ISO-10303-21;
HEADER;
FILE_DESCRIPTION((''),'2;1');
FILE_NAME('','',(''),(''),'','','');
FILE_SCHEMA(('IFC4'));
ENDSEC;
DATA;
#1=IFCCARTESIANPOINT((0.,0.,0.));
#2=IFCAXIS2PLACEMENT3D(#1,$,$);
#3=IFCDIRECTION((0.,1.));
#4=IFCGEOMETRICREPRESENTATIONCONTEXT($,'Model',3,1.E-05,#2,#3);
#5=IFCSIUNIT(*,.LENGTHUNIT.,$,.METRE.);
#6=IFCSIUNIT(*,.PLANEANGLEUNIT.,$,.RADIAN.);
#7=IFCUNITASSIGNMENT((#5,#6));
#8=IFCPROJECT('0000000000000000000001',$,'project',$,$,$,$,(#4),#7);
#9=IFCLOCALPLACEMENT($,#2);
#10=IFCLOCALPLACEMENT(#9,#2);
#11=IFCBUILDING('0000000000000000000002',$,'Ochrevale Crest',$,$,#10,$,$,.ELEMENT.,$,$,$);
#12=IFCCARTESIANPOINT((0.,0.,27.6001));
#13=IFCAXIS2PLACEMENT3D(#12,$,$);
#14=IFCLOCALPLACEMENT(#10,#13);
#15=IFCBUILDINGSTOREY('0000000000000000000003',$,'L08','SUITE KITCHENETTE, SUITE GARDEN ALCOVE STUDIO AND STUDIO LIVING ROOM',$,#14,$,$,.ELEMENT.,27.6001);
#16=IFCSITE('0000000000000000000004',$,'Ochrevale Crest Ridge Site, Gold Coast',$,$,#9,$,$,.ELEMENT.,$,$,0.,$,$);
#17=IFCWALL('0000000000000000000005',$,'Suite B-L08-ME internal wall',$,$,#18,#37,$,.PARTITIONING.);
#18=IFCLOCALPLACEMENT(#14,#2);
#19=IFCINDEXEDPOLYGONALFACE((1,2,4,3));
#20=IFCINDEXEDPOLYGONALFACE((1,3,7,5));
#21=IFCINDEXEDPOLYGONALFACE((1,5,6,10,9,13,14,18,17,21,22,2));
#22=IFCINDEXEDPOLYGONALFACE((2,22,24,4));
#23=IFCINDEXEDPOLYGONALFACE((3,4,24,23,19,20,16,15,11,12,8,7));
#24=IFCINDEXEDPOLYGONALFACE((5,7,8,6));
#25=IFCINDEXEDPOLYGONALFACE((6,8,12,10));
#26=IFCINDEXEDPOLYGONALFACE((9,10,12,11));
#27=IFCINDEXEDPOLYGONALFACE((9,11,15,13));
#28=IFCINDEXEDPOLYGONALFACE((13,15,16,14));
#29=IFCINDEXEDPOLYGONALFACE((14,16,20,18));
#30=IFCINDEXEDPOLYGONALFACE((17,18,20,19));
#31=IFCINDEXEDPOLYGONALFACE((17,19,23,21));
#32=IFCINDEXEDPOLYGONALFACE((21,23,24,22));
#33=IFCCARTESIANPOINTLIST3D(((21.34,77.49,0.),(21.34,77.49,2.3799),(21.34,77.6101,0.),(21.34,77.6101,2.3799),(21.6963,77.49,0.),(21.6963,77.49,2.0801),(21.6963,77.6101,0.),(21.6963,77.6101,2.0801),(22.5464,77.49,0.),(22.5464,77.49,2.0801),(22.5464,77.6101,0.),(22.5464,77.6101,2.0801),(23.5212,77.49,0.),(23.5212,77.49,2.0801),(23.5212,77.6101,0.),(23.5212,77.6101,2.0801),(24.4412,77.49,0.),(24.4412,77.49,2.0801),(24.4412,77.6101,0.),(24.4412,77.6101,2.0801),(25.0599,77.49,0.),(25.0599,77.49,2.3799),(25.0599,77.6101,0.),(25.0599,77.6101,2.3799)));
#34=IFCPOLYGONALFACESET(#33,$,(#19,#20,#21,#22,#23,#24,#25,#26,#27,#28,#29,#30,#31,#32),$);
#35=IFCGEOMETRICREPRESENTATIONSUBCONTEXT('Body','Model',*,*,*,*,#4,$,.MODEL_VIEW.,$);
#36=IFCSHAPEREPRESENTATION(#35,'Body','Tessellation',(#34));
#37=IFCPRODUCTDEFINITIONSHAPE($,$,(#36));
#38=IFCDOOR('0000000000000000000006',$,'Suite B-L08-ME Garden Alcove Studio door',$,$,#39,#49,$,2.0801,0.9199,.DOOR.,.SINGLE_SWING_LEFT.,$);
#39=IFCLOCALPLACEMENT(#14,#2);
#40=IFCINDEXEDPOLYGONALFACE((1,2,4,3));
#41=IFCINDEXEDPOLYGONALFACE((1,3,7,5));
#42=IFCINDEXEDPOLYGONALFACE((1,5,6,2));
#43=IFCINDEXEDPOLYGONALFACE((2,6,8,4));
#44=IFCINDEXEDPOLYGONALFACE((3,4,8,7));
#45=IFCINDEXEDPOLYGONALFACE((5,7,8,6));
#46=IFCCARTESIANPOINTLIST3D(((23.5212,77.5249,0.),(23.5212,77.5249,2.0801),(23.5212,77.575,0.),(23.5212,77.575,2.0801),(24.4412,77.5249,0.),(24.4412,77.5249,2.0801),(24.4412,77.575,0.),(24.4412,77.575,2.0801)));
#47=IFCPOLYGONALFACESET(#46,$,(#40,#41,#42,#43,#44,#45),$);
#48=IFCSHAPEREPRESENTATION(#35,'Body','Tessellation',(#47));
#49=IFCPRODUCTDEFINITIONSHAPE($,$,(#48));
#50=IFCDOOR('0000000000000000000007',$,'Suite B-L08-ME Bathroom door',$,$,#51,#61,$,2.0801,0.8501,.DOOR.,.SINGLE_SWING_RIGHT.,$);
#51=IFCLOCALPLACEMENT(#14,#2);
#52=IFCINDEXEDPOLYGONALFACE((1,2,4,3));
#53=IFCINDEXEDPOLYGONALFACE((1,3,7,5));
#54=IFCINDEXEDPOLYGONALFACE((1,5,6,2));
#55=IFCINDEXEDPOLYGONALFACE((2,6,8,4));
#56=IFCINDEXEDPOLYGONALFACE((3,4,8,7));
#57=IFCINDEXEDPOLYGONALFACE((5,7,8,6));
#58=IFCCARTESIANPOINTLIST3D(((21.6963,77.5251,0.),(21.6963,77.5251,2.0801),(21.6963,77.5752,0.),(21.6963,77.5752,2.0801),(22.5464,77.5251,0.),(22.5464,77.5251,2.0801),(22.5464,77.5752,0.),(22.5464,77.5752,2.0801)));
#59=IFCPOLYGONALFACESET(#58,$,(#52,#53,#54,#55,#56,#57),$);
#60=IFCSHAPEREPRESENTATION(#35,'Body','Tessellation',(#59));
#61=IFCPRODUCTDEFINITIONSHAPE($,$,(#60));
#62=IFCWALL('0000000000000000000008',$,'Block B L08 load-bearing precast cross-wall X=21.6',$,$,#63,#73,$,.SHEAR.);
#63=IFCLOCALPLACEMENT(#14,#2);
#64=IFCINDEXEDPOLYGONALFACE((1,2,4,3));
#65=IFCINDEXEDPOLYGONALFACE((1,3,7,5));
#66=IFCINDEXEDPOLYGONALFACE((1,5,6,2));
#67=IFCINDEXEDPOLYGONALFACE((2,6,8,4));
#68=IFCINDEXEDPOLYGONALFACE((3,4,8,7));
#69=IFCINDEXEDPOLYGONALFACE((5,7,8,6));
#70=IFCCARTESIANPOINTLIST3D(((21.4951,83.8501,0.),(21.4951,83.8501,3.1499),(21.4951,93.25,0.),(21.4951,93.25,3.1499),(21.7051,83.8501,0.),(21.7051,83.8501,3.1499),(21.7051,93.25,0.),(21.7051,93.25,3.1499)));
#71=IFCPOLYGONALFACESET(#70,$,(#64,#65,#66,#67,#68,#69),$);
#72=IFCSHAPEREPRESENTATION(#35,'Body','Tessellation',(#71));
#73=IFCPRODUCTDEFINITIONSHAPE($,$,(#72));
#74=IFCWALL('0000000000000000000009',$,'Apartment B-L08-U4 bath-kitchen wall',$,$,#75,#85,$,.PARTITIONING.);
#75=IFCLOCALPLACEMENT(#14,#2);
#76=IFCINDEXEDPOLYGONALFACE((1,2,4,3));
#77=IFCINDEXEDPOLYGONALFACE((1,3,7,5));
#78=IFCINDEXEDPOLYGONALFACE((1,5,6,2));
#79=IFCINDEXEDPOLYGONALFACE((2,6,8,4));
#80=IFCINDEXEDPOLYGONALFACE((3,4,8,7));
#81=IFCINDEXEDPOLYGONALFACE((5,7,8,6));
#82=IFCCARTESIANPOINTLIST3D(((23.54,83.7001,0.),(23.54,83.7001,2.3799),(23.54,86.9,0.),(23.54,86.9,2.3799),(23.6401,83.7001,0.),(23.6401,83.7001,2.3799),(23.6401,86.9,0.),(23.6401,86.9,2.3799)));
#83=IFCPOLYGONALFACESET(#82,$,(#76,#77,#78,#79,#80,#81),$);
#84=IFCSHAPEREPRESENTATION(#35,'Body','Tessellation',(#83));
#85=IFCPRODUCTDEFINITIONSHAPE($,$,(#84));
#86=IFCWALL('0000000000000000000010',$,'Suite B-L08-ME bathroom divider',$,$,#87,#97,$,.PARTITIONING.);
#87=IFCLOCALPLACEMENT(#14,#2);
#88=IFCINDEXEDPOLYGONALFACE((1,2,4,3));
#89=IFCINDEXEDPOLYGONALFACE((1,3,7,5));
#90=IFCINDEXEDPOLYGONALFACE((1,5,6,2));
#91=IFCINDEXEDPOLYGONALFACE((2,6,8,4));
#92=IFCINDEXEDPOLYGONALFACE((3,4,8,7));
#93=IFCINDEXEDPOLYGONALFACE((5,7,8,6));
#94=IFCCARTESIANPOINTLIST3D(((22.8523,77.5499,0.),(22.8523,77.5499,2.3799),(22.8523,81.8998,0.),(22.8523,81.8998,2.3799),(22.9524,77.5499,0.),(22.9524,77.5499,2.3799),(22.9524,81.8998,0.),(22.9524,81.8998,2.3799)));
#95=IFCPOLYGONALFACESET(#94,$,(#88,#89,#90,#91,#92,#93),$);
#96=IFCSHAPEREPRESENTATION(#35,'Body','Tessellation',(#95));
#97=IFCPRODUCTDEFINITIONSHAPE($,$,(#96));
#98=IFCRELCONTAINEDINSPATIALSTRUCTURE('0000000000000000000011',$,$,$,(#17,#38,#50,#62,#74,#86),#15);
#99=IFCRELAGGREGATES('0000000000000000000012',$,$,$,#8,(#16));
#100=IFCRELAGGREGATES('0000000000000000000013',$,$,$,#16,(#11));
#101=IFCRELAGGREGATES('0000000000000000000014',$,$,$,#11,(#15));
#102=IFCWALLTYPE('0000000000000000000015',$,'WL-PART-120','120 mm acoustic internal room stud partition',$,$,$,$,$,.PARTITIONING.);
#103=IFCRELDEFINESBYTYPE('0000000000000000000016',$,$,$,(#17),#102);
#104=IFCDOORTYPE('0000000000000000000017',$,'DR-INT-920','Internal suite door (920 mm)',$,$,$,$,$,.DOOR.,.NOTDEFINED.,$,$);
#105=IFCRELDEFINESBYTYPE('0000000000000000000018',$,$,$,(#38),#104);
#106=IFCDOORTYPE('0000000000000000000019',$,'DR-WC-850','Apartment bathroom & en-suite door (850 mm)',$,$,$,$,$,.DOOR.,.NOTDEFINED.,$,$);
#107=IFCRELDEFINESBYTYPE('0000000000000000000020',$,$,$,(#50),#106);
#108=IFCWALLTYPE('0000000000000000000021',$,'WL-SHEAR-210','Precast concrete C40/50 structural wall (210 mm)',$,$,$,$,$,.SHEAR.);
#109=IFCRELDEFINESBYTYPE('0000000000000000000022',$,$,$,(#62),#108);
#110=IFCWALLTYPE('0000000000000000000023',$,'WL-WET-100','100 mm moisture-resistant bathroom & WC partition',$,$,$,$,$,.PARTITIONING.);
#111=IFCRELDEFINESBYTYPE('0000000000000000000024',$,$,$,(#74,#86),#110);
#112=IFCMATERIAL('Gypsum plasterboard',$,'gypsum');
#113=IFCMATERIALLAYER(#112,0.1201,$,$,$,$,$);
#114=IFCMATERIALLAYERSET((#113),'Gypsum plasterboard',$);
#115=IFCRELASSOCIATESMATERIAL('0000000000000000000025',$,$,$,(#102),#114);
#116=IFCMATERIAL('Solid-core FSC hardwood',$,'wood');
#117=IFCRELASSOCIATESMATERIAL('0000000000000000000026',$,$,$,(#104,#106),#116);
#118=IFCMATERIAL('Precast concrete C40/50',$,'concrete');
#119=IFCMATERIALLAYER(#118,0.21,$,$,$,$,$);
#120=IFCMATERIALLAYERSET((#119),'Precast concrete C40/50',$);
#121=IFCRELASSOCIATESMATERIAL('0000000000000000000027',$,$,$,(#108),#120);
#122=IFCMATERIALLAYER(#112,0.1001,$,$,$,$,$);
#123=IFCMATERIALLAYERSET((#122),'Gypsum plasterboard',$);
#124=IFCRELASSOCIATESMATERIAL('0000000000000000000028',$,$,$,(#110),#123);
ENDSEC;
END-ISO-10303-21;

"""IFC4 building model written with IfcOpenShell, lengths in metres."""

from ifc_helpers import new_model, si_unit, direction, frame, frame_2d, origin, place, context, subcontext, project, spatial, rectangle, extrude, material, layer, layer_set, type_object, element, fill, save


model = new_model("IFC4")

# Units and contexts
model_context = context("Model", 3, precision=1e-05, world=origin(), true_north=direction((0.0, 1.0)))
body_context = subcontext(model_context, "Body", "Model", "MODEL_VIEW")
ifc_project = project(units=[si_unit("LENGTHUNIT", "METRE"), si_unit("PLANEANGLEUNIT", "RADIAN")], contexts=[model_context])

# Site, building, storey
site_placement = place(None, origin())
site = spatial("IfcSite", under=ifc_project, at=site_placement, Name="Ochrevale Crest Ridge Site, Gold Coast", CompositionType="ELEMENT", RefElevation=0.0)
building_placement = place(site_placement, origin())
building = spatial("IfcBuilding", under=site, at=building_placement, Name="Ochrevale Crest", CompositionType="ELEMENT")
storey_placement = place(building_placement, frame((0.0, 0.0, 27.6001)))
storey = spatial("IfcBuildingStorey", under=building, at=storey_placement, Name="L08", Description="SUITE KITCHENETTE, SUITE GARDEN ALCOVE STUDIO AND STUDIO LIVING ROOM", CompositionType="ELEMENT", Elevation=27.6001)

# Shared definitions
ifc_material_1 = material(Name="Gypsum plasterboard", Category="gypsum")
ifc_material_2 = material(Name="Solid-core FSC hardwood", Category="wood")

# Shared definitions
ifc_layer_1 = layer(ifc_material_1, 0.1201)
ifc_layer_set_1 = layer_set([ifc_layer_1], Name="Gypsum plasterboard")
wall_type_1 = type_object("IfcWallType", Name="WL-PART-120", Description="120 mm acoustic internal room stud partition", PredefinedType="PARTITIONING", material=ifc_layer_set_1)

# Wall, openings, doors
wall_1_placement = place(storey_placement, frame((21.3401, 77.55, 0.0), z_axis=(0.0, 0.0, 1.0), x_axis=(1.0, 0.0, 0.0)))
wall_1 = element("IfcWall", 1, at=wall_1_placement, inside=storey, type_object=wall_type_1, Name="Suite B-L08-ME internal wall", PredefinedType="PARTITIONING", context=body_context, shape_type="SweptSolid", body=[
    extrude(rectangle(XDim=3.72, YDim=0.1201, at=frame_2d((1.8599, 0.0))), origin(), (0.0, 0.0, 1.0), 2.3799),
])
opening_1_placement = place(wall_1_placement, frame((1.2063, 0.0, 0.0), z_axis=(0.0, 0.0, 1.0), x_axis=(-1.0, 0.0, 0.0)))
opening_1 = element("IfcOpeningElement", 2, at=opening_1_placement, cuts=wall_1, PredefinedType="OPENING", context=body_context, shape_type="SweptSolid", body=[
    extrude(rectangle(XDim=0.8501, YDim=2.0801, at=frame_2d((0.425, 1.04))), frame((0.0, 0.0701, 0.0), z_axis=(0.0, -1.0, 0.0), x_axis=(1.0, 0.0, 0.0)), (0.0, 0.0, 1.0), 0.1401),
])
opening_2_placement = place(wall_1_placement, frame((2.1812, 0.0, 0.0)))
opening_2 = element("IfcOpeningElement", 3, at=opening_2_placement, cuts=wall_1, PredefinedType="OPENING", context=body_context, shape_type="SweptSolid", body=[
    extrude(rectangle(XDim=0.9199, YDim=2.0801, at=frame_2d((0.46, 1.04))), frame((0.0, 0.0701, 0.0), z_axis=(0.0, -1.0, 0.0), x_axis=(1.0, 0.0, 0.0)), (0.0, 0.0, 1.0), 0.1401),
])
door_type_1 = type_object("IfcDoorType", Name="DR-INT-920", Description="Internal suite door (920 mm)", OperationType="NOTDEFINED", PredefinedType="DOOR", material=ifc_material_2)
door_1_placement = place(opening_2_placement, origin())
door_1 = element("IfcDoor", 4, at=door_1_placement, inside=storey, type_object=door_type_1, Name="Suite B-L08-ME Garden Alcove Studio door", OperationType="SINGLE_SWING_LEFT", OverallHeight=2.0801, OverallWidth=0.9199, PredefinedType="DOOR", context=body_context, shape_type="SweptSolid", body=[
    extrude(rectangle(XDim=0.9199, YDim=2.0801, at=frame_2d((0.46, 1.04))), frame((0.0, 0.0249, 0.0), z_axis=(0.0, -1.0, 0.0), x_axis=(1.0, 0.0, 0.0)), (0.0, 0.0, 1.0), 0.05),
])
fill(opening_2, door_1)
door_type_2 = type_object("IfcDoorType", Name="DR-WC-850", Description="Apartment bathroom & en-suite door (850 mm)", OperationType="NOTDEFINED", PredefinedType="DOOR", material=ifc_material_2)
door_2_placement = place(opening_1_placement, origin())
door_2 = element("IfcDoor", 5, at=door_2_placement, inside=storey, type_object=door_type_2, Name="Suite B-L08-ME Bathroom door", OperationType="SINGLE_SWING_RIGHT", OverallHeight=2.0801, OverallWidth=0.8501, PredefinedType="DOOR", context=body_context, shape_type="SweptSolid", body=[
    extrude(rectangle(XDim=0.8501, YDim=2.0801, at=frame_2d((0.425, 1.04))), frame((0.0, 0.0249, 0.0), z_axis=(0.0, -1.0, 0.0), x_axis=(1.0, 0.0, 0.0)), (0.0, 0.0, 1.0), 0.05),
])
fill(opening_1, door_2)

# Walls
ifc_material_3 = material(Name="Precast concrete C40/50", Category="concrete")
ifc_layer_2 = layer(ifc_material_3, 0.21)
ifc_layer_set_2 = layer_set([ifc_layer_2], Name="Precast concrete C40/50")
wall_type_2 = type_object("IfcWallType", Name="WL-SHEAR-210", Description="Precast concrete C40/50 structural wall (210 mm)", PredefinedType="SHEAR", material=ifc_layer_set_2)
wall_2_placement = place(storey_placement, frame((21.6001, 83.8501, 0.0), z_axis=(0.0, 0.0, 1.0), x_axis=(0.0, 1.0, 0.0)))
element("IfcWall", 6, at=wall_2_placement, inside=storey, type_object=wall_type_2, Name="Block B L08 load-bearing precast cross-wall X=21.6", PredefinedType="SHEAR", context=body_context, shape_type="SweptSolid", body=[
    extrude(rectangle(XDim=9.3999, YDim=0.21, at=frame_2d((4.7, 0.0))), origin(), (0.0, 0.0, 1.0), 3.1499),
])
ifc_layer_3 = layer(ifc_material_1, 0.1001)
ifc_layer_set_3 = layer_set([ifc_layer_3], Name="Gypsum plasterboard")
wall_type_3 = type_object("IfcWallType", Name="WL-WET-100", Description="100 mm moisture-resistant bathroom & WC partition", PredefinedType="PARTITIONING", material=ifc_layer_set_3)
wall_3_placement = place(storey_placement, frame((23.5901, 83.7, 0.0), z_axis=(0.0, 0.0, 1.0), x_axis=(0.0, 1.0, 0.0)))
element("IfcWall", 7, at=wall_3_placement, inside=storey, type_object=wall_type_3, Name="Apartment B-L08-U4 bath-kitchen wall", PredefinedType="PARTITIONING", context=body_context, shape_type="SweptSolid", body=[
    extrude(rectangle(XDim=3.2, YDim=0.1001, at=frame_2d((1.6001, 0.0))), origin(), (0.0, 0.0, 1.0), 2.3799),
])
wall_4_placement = place(storey_placement, frame((22.9023, 77.55, 0.0), z_axis=(0.0, 0.0, 1.0), x_axis=(0.0, 1.0, 0.0)))
element("IfcWall", 8, at=wall_4_placement, inside=storey, type_object=wall_type_3, Name="Suite B-L08-ME bathroom divider", PredefinedType="PARTITIONING", context=body_context, shape_type="SweptSolid", body=[
    extrude(rectangle(XDim=4.3499, YDim=0.1001, at=frame_2d((2.1748, 0.0))), origin(), (0.0, 0.0, 1.0), 2.3799),
])

save(model, "model.ifc")
